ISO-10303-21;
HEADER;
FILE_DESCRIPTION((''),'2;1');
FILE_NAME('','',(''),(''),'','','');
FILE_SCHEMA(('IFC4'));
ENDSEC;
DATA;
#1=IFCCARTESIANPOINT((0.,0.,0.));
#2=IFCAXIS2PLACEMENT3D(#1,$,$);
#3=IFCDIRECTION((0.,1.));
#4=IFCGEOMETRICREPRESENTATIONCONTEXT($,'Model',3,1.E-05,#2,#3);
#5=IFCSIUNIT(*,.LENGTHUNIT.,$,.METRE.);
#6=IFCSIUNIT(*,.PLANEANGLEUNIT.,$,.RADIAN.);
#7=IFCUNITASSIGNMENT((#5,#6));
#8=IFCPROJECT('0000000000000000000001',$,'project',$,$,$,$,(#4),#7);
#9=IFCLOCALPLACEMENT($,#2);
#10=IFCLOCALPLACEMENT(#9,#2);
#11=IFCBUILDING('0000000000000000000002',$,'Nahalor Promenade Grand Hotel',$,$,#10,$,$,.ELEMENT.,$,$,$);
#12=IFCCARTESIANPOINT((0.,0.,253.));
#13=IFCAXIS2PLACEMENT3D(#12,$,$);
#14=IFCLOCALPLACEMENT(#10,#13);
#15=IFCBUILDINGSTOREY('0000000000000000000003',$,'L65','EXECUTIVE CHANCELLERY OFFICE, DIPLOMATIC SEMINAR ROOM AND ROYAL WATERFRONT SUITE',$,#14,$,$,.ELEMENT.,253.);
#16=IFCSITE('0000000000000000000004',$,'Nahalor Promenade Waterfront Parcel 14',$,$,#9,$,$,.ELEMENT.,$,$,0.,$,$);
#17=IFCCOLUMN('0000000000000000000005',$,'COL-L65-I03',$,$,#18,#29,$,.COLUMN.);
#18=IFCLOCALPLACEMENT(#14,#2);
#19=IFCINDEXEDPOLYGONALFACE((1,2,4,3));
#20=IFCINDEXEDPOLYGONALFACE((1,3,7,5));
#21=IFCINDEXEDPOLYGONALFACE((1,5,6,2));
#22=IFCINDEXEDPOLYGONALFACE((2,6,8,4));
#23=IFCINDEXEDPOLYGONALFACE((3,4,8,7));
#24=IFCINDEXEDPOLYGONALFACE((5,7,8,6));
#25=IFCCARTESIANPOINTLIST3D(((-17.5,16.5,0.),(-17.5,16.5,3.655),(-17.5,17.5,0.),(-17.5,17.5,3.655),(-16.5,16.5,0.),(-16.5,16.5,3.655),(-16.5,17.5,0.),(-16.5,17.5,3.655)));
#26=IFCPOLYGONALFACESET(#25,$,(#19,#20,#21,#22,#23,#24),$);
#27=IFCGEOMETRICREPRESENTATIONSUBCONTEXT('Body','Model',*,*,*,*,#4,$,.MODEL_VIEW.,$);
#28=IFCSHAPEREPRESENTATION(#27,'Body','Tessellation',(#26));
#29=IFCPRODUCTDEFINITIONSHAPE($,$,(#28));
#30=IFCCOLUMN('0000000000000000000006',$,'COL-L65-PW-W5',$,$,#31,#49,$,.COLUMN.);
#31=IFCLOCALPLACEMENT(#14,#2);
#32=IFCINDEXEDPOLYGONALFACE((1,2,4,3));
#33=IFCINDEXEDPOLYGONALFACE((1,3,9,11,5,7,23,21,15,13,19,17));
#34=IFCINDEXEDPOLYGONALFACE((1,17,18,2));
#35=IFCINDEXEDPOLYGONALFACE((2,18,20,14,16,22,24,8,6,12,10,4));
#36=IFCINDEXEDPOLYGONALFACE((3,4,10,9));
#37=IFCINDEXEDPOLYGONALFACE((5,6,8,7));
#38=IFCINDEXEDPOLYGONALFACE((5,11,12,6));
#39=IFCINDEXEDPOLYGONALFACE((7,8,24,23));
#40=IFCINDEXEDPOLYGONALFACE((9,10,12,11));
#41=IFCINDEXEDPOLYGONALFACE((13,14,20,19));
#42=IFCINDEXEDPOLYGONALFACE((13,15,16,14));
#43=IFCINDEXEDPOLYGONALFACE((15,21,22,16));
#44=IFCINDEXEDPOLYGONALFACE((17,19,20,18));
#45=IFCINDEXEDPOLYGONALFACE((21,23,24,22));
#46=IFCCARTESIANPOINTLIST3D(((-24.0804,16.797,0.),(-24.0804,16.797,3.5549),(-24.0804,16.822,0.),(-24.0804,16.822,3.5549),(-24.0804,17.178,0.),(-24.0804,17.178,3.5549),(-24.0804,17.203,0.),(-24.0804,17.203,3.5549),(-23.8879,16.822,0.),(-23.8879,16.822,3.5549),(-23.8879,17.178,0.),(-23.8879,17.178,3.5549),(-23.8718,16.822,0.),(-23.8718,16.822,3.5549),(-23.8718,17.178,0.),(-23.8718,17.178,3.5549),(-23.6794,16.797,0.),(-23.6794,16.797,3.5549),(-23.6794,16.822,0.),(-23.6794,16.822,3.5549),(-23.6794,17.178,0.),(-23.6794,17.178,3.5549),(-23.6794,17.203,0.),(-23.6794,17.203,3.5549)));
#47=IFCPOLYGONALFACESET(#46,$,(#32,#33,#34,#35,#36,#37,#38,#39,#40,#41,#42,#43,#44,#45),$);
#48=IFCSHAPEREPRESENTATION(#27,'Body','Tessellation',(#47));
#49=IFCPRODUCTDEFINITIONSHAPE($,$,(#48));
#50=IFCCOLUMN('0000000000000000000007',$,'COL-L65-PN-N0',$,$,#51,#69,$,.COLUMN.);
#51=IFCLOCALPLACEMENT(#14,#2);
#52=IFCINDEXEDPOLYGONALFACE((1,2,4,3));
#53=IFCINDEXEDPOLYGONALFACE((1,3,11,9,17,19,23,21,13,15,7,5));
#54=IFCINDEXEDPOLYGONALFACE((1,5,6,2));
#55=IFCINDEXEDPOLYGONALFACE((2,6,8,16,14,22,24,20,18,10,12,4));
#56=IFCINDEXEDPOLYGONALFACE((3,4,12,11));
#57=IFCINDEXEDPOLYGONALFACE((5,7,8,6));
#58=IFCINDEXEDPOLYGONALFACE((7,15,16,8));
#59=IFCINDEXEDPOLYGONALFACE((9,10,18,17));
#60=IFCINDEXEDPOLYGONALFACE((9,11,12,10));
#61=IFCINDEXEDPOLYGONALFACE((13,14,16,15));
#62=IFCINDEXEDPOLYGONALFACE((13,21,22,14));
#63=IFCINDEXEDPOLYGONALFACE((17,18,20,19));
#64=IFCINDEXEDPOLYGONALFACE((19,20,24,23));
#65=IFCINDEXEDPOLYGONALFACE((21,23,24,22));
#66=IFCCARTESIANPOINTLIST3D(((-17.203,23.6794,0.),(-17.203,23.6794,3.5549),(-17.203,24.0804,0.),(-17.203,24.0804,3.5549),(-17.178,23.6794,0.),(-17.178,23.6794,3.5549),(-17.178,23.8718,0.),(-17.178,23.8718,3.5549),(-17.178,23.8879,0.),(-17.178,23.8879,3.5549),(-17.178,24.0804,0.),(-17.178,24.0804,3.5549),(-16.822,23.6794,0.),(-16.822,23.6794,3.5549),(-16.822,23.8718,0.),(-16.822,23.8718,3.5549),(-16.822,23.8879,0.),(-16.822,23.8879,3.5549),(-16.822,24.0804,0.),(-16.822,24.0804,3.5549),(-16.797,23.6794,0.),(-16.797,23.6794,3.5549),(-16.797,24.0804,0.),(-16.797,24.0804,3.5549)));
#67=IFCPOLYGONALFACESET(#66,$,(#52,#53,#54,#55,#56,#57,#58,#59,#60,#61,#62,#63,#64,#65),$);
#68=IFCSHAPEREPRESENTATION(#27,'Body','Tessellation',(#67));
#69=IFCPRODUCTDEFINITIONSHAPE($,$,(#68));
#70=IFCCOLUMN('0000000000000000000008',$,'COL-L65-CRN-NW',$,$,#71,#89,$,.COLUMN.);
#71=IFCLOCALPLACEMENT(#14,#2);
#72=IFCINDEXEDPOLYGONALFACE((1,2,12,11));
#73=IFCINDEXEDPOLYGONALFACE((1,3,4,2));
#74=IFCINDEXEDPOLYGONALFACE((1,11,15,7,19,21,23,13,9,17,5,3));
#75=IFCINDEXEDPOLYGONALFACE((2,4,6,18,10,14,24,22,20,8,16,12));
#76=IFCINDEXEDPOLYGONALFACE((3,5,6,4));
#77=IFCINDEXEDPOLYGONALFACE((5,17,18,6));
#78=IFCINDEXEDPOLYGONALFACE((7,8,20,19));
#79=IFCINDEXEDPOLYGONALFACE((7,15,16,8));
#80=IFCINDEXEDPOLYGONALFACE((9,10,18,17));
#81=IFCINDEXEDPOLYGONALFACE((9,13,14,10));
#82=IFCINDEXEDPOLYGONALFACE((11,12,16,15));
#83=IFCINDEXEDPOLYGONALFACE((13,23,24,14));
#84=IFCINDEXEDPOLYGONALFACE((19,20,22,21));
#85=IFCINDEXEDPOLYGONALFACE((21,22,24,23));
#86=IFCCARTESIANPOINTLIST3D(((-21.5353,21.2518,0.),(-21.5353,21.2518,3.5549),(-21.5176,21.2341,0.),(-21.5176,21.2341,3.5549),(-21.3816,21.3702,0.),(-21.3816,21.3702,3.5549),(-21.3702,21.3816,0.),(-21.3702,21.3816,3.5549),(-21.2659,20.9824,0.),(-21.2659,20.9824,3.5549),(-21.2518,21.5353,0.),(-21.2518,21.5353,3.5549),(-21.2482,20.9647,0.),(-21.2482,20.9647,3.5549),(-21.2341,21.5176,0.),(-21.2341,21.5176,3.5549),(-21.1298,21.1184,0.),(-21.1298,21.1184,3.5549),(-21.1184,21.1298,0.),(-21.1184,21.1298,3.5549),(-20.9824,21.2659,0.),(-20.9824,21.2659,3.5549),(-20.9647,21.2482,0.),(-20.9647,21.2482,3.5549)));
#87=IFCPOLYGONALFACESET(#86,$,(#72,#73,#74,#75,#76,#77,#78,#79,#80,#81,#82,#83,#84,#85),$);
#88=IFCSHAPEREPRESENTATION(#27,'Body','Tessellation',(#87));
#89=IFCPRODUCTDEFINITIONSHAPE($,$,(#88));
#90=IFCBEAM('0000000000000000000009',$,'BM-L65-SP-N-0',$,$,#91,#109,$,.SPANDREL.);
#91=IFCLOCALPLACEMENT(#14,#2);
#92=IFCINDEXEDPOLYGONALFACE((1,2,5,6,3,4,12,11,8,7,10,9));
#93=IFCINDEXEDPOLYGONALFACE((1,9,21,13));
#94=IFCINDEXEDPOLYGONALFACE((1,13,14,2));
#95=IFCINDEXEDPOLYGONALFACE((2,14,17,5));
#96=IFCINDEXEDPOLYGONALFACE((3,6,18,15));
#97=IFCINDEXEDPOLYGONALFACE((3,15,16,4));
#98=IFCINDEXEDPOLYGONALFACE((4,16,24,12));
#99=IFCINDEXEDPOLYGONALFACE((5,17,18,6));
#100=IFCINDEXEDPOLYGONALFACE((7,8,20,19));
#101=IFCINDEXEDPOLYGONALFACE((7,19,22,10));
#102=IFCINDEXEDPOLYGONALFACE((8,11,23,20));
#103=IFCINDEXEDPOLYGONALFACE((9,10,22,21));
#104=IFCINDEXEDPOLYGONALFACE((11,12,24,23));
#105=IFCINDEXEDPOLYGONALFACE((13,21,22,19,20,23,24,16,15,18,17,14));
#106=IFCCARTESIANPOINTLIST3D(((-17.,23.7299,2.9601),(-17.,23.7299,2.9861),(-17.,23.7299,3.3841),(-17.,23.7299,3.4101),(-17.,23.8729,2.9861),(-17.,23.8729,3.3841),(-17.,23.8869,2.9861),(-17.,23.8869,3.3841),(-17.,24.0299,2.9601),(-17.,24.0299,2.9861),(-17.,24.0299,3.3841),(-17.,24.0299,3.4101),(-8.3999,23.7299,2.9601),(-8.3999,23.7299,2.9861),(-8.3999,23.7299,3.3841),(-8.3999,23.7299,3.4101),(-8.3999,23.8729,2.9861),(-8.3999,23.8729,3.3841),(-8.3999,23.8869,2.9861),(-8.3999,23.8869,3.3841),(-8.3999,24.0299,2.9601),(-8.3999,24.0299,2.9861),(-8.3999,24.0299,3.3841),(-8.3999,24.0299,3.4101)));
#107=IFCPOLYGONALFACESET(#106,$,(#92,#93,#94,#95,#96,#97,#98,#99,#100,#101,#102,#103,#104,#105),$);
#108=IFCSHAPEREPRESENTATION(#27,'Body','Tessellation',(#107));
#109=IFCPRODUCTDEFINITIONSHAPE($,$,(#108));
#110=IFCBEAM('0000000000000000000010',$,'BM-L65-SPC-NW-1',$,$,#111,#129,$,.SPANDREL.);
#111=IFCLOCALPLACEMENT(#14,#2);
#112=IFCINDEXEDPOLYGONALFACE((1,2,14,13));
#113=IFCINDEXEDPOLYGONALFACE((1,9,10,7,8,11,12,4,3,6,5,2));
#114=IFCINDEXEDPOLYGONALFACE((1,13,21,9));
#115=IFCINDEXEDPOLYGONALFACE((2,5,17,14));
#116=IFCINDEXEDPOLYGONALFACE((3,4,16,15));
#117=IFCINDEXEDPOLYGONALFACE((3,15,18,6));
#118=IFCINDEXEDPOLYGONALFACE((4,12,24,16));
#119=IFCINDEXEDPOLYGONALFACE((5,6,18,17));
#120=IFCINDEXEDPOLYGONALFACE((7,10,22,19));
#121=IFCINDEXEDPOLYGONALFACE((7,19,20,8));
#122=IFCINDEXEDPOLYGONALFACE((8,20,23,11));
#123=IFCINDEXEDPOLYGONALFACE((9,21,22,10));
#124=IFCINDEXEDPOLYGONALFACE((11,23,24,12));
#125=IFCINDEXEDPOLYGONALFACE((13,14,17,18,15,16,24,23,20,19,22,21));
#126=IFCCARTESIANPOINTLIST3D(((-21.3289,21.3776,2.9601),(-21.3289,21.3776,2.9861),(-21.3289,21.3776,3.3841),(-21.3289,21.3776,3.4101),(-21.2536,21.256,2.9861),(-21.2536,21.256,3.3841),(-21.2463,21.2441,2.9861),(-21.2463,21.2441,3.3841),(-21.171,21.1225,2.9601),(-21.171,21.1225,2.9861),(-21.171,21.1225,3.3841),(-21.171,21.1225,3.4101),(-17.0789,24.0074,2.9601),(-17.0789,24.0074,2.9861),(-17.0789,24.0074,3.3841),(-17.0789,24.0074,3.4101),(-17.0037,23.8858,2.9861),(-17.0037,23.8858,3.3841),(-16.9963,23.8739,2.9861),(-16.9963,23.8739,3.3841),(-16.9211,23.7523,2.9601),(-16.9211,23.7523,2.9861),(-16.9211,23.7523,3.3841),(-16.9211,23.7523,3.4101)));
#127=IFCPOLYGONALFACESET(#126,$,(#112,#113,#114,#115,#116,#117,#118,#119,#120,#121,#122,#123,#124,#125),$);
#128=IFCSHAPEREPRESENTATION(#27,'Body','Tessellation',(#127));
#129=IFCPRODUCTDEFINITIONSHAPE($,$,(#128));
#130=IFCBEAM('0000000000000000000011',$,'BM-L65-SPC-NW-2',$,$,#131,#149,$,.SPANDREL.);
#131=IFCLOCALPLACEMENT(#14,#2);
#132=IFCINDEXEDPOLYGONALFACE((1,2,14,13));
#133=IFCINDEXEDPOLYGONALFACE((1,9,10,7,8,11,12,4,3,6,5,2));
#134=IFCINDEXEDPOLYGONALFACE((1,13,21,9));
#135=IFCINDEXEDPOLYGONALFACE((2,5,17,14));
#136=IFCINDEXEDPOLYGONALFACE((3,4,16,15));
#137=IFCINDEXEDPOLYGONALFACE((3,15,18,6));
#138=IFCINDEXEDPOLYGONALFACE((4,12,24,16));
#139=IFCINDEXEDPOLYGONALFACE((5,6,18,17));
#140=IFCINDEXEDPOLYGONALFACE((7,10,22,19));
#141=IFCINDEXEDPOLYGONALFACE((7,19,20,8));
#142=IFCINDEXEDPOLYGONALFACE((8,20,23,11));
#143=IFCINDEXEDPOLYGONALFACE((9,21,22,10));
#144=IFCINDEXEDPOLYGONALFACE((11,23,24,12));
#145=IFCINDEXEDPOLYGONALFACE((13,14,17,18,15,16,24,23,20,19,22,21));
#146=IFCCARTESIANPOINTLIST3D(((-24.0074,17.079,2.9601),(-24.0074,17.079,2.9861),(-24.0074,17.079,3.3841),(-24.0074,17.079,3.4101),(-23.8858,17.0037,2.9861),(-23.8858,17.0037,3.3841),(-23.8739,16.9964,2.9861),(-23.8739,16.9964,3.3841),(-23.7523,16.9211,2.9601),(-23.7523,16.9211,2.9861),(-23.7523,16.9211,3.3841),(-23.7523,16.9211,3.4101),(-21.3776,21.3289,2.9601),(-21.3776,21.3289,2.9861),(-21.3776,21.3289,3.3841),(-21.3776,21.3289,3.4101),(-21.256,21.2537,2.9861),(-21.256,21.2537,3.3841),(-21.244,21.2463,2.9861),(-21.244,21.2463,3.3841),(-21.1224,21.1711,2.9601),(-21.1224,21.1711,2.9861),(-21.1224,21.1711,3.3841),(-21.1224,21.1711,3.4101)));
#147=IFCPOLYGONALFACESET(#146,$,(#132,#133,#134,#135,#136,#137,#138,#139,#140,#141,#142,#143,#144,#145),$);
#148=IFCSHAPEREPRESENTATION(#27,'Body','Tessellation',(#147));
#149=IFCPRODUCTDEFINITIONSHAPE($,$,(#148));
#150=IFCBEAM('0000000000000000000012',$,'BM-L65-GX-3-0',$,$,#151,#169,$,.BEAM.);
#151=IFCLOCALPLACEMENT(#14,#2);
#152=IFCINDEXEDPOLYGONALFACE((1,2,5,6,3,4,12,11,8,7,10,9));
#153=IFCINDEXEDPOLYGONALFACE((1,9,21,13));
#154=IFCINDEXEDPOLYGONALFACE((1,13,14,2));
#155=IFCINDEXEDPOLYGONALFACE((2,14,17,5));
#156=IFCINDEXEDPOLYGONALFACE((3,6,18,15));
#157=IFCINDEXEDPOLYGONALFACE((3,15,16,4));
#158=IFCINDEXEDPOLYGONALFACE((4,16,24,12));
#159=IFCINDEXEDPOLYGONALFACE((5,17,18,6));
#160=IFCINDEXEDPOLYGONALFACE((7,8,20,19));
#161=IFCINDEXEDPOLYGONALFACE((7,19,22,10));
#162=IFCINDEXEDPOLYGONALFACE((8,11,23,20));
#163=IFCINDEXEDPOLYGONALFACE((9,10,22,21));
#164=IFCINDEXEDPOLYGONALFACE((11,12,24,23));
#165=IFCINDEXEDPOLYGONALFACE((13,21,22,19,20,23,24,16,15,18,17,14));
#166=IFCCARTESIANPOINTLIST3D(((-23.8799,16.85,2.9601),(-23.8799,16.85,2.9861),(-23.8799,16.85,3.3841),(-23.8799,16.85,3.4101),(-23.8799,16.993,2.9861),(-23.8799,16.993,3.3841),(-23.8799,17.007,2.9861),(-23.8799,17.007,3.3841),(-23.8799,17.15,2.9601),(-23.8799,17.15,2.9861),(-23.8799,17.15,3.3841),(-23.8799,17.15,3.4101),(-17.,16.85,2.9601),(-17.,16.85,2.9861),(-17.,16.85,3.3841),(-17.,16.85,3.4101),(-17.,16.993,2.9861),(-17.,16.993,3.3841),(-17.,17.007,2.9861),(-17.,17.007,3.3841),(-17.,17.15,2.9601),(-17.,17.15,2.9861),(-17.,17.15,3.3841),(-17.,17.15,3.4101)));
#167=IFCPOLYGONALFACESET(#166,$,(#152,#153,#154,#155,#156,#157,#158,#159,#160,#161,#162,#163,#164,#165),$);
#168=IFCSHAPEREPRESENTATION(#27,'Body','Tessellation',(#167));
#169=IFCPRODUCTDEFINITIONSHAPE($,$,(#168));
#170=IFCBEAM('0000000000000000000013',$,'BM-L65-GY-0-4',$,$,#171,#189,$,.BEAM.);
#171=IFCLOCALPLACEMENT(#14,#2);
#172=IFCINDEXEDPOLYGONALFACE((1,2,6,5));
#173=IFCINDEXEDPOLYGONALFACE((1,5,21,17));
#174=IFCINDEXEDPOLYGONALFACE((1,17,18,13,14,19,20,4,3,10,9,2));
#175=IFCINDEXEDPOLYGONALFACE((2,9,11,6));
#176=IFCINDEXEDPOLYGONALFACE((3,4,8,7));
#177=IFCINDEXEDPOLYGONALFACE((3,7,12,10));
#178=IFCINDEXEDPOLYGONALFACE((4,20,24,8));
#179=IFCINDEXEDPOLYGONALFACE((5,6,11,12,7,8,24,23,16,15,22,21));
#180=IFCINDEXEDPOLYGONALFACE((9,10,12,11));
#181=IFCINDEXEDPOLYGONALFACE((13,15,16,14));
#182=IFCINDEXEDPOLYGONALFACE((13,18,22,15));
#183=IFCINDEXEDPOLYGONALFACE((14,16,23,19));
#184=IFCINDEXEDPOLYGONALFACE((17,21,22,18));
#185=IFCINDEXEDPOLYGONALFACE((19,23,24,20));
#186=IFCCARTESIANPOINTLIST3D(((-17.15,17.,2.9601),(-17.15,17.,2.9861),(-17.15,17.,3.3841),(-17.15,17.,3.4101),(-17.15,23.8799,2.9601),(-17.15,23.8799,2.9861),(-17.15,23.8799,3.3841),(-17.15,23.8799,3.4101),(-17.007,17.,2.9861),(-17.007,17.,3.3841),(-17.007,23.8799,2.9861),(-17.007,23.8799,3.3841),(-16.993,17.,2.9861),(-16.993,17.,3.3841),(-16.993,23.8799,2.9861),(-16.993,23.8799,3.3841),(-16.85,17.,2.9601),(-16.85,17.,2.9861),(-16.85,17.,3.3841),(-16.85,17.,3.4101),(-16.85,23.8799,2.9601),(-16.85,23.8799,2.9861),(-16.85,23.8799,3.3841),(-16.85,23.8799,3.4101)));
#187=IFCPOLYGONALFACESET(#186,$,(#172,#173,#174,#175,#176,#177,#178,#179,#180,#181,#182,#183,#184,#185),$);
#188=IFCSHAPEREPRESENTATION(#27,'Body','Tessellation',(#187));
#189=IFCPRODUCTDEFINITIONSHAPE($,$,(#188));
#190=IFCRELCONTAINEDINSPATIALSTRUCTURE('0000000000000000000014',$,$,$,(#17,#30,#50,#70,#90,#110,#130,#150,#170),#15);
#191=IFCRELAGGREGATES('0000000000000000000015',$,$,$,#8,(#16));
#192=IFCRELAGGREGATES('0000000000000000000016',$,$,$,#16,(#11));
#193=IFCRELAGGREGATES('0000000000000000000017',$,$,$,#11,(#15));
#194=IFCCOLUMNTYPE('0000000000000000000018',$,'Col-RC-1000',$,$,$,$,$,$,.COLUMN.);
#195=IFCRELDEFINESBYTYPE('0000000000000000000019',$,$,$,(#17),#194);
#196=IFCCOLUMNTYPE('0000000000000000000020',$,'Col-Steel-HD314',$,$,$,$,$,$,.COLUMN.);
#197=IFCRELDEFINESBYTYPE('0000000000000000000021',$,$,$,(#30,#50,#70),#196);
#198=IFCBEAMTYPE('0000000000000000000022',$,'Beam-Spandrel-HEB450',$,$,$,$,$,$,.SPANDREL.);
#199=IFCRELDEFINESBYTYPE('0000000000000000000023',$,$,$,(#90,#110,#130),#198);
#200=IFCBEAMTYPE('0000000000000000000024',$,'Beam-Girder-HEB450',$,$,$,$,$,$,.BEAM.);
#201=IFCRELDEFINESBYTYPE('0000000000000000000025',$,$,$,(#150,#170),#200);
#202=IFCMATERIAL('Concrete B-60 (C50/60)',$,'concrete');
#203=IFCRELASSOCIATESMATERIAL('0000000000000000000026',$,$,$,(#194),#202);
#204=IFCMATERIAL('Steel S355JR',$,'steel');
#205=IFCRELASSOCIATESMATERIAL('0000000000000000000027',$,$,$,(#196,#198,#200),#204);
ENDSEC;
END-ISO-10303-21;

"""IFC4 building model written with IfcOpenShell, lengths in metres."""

from ifc_helpers import new_model, si_unit, direction, frame, origin, origin_2d, place, context, subcontext, project, spatial, rectangle, i_section, extrude, source, transform, mapped, material, material_profile, profile_set, type_object, element, save


model = new_model("IFC4")

# Units and contexts
model_context = context("Model", 3, precision=1e-05, world=origin(), true_north=direction((0.0, 1.0)))
body_context = subcontext(model_context, "Body", "Model", "MODEL_VIEW")
ifc_project = project(units=[si_unit("LENGTHUNIT", "METRE"), si_unit("PLANEANGLEUNIT", "RADIAN")], contexts=[model_context])

# Site, building, storey
site_placement = place(None, origin())
site = spatial("IfcSite", under=ifc_project, at=site_placement, Name="Nahalor Promenade Waterfront Parcel 14", CompositionType="ELEMENT", RefElevation=0.0)
building_placement = place(site_placement, origin())
building = spatial("IfcBuilding", under=site, at=building_placement, Name="Nahalor Promenade Grand Hotel", CompositionType="ELEMENT")
storey_placement = place(building_placement, frame((0.0, 0.0, 253.0)))
storey = spatial("IfcBuildingStorey", under=building, at=storey_placement, Name="L65", Description="EXECUTIVE CHANCELLERY OFFICE, DIPLOMATIC SEMINAR ROOM AND ROYAL WATERFRONT SUITE", CompositionType="ELEMENT", Elevation=253.0)

# Columns
ifc_material_1 = material(Name="Concrete B-60 (C50/60)", Category="concrete")
ifc_material_profile_1 = material_profile(ifc_material_1, rectangle(XDim=1.0, YDim=1.0, at=origin_2d()), Name="RC 1000x1000")
ifc_profile_set_1 = profile_set([ifc_material_profile_1], Name="Concrete B-60 (C50/60)")
column_type_1 = type_object("IfcColumnType", Name="Col-RC-1000", PredefinedType="COLUMN", material=ifc_profile_set_1)
shared_shape_1 = source(origin(), body_context, "Body", "SweptSolid", [
    extrude(rectangle(XDim=1.0, YDim=1.0, at=origin_2d()), origin(), (0.0, 0.0, 1.0), 3.655),
])
column_placement = place(storey_placement, frame((-17.0, 17.0, 0.0), z_axis=(0.0, 0.0, 1.0), x_axis=(1.0, 0.0, 0.0)))
element("IfcColumn", 1, at=column_placement, inside=storey, type_object=column_type_1, Name="COL-L65-I03", PredefinedType="COLUMN", context=body_context, shape_type="MappedRepresentation", body=[
    mapped(shared_shape_1, transform((0.0, 0.0, 0.0), scale=1.0)),
])
ifc_material_2 = material(Name="Steel S355JR", Category="steel")
ifc_material_profile_2 = material_profile(ifc_material_2, i_section(OverallWidth=0.401, OverallDepth=0.406, WebThickness=0.0161, FlangeThickness=0.025, at=origin_2d()), Name="HD 400x314")
ifc_profile_set_2 = profile_set([ifc_material_profile_2], Name="Steel S355JR")
column_type_2 = type_object("IfcColumnType", Name="Col-Steel-HD314", PredefinedType="COLUMN", material=ifc_profile_set_2)
shared_shape_2 = source(origin(), body_context, "Body", "SweptSolid", [
    extrude(i_section(OverallWidth=0.401, OverallDepth=0.406, WebThickness=0.0161, FlangeThickness=0.025, at=origin_2d()), origin(), (0.0, 0.0, 1.0), 3.5549),
])
for number, where, z_axis, x_axis, name in (
    (2, (-23.8799, 17.0, 0.0), (0.0, 0.0, 1.0), (1.0, 0.0, 0.0), "COL-L65-PW-W5"),
    (3, (-17.0, 23.8799, 0.0), (0.0, 0.0, 1.0), (0.0, 1.0, 0.0), "COL-L65-PN-N0"),
    (4, (-21.25, 21.25, 0.0), (0.0, 0.0, 1.0), (0.707107, 0.707107, 0.0), "COL-L65-CRN-NW"),
):
    element("IfcColumn", number, at=place(storey_placement, frame(where, z_axis=z_axis, x_axis=x_axis)), inside=storey, type_object=column_type_2, Name=name, PredefinedType="COLUMN", context=body_context, shape_type="MappedRepresentation", body=[
        mapped(shared_shape_2, transform((0.0, 0.0, 0.0), scale=1.0)),
    ])

# Beams
ifc_material_profile_3 = material_profile(ifc_material_2, i_section(OverallWidth=0.3, OverallDepth=0.45, WebThickness=0.014, FlangeThickness=0.026, at=origin_2d()), Name="HEB 450")
ifc_profile_set_3 = profile_set([ifc_material_profile_3], Name="Steel S355JR")
beam_type_1 = type_object("IfcBeamType", Name="Beam-Spandrel-HEB450", PredefinedType="SPANDREL", material=ifc_profile_set_3)
shared_shape_3 = source(origin(), body_context, "Body", "SweptSolid", [
    extrude(i_section(OverallWidth=0.3, OverallDepth=0.45, WebThickness=0.014, FlangeThickness=0.026, at=origin_2d()), origin(), (0.0, 0.0, 1.0), 8.6001),
])
beam_1_placement = place(storey_placement, frame((-17.0, 23.8799, 3.1851), z_axis=(1.0, 0.0, 0.0), x_axis=(0.0, 1.0, 0.0)))
element("IfcBeam", 5, at=beam_1_placement, inside=storey, type_object=beam_type_1, Name="BM-L65-SP-N-0", PredefinedType="SPANDREL", context=body_context, shape_type="MappedRepresentation", body=[
    mapped(shared_shape_3, transform((0.0, 0.0, 0.0), scale=1.0)),
])
shared_shape_4 = source(origin(), body_context, "Body", "SweptSolid", [
    extrude(i_section(OverallWidth=0.3, OverallDepth=0.45, WebThickness=0.014, FlangeThickness=0.026, at=origin_2d()), origin(), (0.0, 0.0, 1.0), 4.9978),
])
for number, where, z_axis, x_axis, name in (
    (6, (-17.0, 23.8799, 3.1851), (-0.850361, -0.5262, 0.0), (0.5262, -0.850361, 0.0), "BM-L65-SPC-NW-1"),
    (7, (-21.25, 21.25, 3.1851), (-0.5262, -0.850361, 0.0), (0.850361, -0.5262, 0.0), "BM-L65-SPC-NW-2"),
):
    element("IfcBeam", number, at=place(storey_placement, frame(where, z_axis=z_axis, x_axis=x_axis)), inside=storey, type_object=beam_type_1, Name=name, PredefinedType="SPANDREL", context=body_context, shape_type="MappedRepresentation", body=[
        mapped(shared_shape_4, transform((0.0, 0.0, 0.0), scale=1.0)),
    ])
ifc_material_profile_4 = material_profile(ifc_material_2, i_section(OverallWidth=0.3, OverallDepth=0.45, WebThickness=0.014, FlangeThickness=0.026, at=origin_2d()), Name="HEB 450")
ifc_profile_set_4 = profile_set([ifc_material_profile_4], Name="Steel S355JR")
beam_type_2 = type_object("IfcBeamType", Name="Beam-Girder-HEB450", PredefinedType="BEAM", material=ifc_profile_set_4)
shared_shape_5 = source(origin(), body_context, "Body", "SweptSolid", [
    extrude(i_section(OverallWidth=0.3, OverallDepth=0.45, WebThickness=0.014, FlangeThickness=0.026, at=origin_2d()), origin(), (0.0, 0.0, 1.0), 6.8799),
])
for number, where, z_axis, x_axis, name in (
    (8, (-23.8799, 17.0, 3.1851), (1.0, 0.0, 0.0), (0.0, 1.0, 0.0), "BM-L65-GX-3-0"),
    (9, (-17.0, 17.0, 3.1851), (0.0, 1.0, 0.0), (-1.0, 0.0, 0.0), "BM-L65-GY-0-4"),
):
    element("IfcBeam", number, at=place(storey_placement, frame(where, z_axis=z_axis, x_axis=x_axis)), inside=storey, type_object=beam_type_2, Name=name, PredefinedType="BEAM", context=body_context, shape_type="MappedRepresentation", body=[
        mapped(shared_shape_5, transform((0.0, 0.0, 0.0), scale=1.0)),
    ])

save(model, "model.ifc")
